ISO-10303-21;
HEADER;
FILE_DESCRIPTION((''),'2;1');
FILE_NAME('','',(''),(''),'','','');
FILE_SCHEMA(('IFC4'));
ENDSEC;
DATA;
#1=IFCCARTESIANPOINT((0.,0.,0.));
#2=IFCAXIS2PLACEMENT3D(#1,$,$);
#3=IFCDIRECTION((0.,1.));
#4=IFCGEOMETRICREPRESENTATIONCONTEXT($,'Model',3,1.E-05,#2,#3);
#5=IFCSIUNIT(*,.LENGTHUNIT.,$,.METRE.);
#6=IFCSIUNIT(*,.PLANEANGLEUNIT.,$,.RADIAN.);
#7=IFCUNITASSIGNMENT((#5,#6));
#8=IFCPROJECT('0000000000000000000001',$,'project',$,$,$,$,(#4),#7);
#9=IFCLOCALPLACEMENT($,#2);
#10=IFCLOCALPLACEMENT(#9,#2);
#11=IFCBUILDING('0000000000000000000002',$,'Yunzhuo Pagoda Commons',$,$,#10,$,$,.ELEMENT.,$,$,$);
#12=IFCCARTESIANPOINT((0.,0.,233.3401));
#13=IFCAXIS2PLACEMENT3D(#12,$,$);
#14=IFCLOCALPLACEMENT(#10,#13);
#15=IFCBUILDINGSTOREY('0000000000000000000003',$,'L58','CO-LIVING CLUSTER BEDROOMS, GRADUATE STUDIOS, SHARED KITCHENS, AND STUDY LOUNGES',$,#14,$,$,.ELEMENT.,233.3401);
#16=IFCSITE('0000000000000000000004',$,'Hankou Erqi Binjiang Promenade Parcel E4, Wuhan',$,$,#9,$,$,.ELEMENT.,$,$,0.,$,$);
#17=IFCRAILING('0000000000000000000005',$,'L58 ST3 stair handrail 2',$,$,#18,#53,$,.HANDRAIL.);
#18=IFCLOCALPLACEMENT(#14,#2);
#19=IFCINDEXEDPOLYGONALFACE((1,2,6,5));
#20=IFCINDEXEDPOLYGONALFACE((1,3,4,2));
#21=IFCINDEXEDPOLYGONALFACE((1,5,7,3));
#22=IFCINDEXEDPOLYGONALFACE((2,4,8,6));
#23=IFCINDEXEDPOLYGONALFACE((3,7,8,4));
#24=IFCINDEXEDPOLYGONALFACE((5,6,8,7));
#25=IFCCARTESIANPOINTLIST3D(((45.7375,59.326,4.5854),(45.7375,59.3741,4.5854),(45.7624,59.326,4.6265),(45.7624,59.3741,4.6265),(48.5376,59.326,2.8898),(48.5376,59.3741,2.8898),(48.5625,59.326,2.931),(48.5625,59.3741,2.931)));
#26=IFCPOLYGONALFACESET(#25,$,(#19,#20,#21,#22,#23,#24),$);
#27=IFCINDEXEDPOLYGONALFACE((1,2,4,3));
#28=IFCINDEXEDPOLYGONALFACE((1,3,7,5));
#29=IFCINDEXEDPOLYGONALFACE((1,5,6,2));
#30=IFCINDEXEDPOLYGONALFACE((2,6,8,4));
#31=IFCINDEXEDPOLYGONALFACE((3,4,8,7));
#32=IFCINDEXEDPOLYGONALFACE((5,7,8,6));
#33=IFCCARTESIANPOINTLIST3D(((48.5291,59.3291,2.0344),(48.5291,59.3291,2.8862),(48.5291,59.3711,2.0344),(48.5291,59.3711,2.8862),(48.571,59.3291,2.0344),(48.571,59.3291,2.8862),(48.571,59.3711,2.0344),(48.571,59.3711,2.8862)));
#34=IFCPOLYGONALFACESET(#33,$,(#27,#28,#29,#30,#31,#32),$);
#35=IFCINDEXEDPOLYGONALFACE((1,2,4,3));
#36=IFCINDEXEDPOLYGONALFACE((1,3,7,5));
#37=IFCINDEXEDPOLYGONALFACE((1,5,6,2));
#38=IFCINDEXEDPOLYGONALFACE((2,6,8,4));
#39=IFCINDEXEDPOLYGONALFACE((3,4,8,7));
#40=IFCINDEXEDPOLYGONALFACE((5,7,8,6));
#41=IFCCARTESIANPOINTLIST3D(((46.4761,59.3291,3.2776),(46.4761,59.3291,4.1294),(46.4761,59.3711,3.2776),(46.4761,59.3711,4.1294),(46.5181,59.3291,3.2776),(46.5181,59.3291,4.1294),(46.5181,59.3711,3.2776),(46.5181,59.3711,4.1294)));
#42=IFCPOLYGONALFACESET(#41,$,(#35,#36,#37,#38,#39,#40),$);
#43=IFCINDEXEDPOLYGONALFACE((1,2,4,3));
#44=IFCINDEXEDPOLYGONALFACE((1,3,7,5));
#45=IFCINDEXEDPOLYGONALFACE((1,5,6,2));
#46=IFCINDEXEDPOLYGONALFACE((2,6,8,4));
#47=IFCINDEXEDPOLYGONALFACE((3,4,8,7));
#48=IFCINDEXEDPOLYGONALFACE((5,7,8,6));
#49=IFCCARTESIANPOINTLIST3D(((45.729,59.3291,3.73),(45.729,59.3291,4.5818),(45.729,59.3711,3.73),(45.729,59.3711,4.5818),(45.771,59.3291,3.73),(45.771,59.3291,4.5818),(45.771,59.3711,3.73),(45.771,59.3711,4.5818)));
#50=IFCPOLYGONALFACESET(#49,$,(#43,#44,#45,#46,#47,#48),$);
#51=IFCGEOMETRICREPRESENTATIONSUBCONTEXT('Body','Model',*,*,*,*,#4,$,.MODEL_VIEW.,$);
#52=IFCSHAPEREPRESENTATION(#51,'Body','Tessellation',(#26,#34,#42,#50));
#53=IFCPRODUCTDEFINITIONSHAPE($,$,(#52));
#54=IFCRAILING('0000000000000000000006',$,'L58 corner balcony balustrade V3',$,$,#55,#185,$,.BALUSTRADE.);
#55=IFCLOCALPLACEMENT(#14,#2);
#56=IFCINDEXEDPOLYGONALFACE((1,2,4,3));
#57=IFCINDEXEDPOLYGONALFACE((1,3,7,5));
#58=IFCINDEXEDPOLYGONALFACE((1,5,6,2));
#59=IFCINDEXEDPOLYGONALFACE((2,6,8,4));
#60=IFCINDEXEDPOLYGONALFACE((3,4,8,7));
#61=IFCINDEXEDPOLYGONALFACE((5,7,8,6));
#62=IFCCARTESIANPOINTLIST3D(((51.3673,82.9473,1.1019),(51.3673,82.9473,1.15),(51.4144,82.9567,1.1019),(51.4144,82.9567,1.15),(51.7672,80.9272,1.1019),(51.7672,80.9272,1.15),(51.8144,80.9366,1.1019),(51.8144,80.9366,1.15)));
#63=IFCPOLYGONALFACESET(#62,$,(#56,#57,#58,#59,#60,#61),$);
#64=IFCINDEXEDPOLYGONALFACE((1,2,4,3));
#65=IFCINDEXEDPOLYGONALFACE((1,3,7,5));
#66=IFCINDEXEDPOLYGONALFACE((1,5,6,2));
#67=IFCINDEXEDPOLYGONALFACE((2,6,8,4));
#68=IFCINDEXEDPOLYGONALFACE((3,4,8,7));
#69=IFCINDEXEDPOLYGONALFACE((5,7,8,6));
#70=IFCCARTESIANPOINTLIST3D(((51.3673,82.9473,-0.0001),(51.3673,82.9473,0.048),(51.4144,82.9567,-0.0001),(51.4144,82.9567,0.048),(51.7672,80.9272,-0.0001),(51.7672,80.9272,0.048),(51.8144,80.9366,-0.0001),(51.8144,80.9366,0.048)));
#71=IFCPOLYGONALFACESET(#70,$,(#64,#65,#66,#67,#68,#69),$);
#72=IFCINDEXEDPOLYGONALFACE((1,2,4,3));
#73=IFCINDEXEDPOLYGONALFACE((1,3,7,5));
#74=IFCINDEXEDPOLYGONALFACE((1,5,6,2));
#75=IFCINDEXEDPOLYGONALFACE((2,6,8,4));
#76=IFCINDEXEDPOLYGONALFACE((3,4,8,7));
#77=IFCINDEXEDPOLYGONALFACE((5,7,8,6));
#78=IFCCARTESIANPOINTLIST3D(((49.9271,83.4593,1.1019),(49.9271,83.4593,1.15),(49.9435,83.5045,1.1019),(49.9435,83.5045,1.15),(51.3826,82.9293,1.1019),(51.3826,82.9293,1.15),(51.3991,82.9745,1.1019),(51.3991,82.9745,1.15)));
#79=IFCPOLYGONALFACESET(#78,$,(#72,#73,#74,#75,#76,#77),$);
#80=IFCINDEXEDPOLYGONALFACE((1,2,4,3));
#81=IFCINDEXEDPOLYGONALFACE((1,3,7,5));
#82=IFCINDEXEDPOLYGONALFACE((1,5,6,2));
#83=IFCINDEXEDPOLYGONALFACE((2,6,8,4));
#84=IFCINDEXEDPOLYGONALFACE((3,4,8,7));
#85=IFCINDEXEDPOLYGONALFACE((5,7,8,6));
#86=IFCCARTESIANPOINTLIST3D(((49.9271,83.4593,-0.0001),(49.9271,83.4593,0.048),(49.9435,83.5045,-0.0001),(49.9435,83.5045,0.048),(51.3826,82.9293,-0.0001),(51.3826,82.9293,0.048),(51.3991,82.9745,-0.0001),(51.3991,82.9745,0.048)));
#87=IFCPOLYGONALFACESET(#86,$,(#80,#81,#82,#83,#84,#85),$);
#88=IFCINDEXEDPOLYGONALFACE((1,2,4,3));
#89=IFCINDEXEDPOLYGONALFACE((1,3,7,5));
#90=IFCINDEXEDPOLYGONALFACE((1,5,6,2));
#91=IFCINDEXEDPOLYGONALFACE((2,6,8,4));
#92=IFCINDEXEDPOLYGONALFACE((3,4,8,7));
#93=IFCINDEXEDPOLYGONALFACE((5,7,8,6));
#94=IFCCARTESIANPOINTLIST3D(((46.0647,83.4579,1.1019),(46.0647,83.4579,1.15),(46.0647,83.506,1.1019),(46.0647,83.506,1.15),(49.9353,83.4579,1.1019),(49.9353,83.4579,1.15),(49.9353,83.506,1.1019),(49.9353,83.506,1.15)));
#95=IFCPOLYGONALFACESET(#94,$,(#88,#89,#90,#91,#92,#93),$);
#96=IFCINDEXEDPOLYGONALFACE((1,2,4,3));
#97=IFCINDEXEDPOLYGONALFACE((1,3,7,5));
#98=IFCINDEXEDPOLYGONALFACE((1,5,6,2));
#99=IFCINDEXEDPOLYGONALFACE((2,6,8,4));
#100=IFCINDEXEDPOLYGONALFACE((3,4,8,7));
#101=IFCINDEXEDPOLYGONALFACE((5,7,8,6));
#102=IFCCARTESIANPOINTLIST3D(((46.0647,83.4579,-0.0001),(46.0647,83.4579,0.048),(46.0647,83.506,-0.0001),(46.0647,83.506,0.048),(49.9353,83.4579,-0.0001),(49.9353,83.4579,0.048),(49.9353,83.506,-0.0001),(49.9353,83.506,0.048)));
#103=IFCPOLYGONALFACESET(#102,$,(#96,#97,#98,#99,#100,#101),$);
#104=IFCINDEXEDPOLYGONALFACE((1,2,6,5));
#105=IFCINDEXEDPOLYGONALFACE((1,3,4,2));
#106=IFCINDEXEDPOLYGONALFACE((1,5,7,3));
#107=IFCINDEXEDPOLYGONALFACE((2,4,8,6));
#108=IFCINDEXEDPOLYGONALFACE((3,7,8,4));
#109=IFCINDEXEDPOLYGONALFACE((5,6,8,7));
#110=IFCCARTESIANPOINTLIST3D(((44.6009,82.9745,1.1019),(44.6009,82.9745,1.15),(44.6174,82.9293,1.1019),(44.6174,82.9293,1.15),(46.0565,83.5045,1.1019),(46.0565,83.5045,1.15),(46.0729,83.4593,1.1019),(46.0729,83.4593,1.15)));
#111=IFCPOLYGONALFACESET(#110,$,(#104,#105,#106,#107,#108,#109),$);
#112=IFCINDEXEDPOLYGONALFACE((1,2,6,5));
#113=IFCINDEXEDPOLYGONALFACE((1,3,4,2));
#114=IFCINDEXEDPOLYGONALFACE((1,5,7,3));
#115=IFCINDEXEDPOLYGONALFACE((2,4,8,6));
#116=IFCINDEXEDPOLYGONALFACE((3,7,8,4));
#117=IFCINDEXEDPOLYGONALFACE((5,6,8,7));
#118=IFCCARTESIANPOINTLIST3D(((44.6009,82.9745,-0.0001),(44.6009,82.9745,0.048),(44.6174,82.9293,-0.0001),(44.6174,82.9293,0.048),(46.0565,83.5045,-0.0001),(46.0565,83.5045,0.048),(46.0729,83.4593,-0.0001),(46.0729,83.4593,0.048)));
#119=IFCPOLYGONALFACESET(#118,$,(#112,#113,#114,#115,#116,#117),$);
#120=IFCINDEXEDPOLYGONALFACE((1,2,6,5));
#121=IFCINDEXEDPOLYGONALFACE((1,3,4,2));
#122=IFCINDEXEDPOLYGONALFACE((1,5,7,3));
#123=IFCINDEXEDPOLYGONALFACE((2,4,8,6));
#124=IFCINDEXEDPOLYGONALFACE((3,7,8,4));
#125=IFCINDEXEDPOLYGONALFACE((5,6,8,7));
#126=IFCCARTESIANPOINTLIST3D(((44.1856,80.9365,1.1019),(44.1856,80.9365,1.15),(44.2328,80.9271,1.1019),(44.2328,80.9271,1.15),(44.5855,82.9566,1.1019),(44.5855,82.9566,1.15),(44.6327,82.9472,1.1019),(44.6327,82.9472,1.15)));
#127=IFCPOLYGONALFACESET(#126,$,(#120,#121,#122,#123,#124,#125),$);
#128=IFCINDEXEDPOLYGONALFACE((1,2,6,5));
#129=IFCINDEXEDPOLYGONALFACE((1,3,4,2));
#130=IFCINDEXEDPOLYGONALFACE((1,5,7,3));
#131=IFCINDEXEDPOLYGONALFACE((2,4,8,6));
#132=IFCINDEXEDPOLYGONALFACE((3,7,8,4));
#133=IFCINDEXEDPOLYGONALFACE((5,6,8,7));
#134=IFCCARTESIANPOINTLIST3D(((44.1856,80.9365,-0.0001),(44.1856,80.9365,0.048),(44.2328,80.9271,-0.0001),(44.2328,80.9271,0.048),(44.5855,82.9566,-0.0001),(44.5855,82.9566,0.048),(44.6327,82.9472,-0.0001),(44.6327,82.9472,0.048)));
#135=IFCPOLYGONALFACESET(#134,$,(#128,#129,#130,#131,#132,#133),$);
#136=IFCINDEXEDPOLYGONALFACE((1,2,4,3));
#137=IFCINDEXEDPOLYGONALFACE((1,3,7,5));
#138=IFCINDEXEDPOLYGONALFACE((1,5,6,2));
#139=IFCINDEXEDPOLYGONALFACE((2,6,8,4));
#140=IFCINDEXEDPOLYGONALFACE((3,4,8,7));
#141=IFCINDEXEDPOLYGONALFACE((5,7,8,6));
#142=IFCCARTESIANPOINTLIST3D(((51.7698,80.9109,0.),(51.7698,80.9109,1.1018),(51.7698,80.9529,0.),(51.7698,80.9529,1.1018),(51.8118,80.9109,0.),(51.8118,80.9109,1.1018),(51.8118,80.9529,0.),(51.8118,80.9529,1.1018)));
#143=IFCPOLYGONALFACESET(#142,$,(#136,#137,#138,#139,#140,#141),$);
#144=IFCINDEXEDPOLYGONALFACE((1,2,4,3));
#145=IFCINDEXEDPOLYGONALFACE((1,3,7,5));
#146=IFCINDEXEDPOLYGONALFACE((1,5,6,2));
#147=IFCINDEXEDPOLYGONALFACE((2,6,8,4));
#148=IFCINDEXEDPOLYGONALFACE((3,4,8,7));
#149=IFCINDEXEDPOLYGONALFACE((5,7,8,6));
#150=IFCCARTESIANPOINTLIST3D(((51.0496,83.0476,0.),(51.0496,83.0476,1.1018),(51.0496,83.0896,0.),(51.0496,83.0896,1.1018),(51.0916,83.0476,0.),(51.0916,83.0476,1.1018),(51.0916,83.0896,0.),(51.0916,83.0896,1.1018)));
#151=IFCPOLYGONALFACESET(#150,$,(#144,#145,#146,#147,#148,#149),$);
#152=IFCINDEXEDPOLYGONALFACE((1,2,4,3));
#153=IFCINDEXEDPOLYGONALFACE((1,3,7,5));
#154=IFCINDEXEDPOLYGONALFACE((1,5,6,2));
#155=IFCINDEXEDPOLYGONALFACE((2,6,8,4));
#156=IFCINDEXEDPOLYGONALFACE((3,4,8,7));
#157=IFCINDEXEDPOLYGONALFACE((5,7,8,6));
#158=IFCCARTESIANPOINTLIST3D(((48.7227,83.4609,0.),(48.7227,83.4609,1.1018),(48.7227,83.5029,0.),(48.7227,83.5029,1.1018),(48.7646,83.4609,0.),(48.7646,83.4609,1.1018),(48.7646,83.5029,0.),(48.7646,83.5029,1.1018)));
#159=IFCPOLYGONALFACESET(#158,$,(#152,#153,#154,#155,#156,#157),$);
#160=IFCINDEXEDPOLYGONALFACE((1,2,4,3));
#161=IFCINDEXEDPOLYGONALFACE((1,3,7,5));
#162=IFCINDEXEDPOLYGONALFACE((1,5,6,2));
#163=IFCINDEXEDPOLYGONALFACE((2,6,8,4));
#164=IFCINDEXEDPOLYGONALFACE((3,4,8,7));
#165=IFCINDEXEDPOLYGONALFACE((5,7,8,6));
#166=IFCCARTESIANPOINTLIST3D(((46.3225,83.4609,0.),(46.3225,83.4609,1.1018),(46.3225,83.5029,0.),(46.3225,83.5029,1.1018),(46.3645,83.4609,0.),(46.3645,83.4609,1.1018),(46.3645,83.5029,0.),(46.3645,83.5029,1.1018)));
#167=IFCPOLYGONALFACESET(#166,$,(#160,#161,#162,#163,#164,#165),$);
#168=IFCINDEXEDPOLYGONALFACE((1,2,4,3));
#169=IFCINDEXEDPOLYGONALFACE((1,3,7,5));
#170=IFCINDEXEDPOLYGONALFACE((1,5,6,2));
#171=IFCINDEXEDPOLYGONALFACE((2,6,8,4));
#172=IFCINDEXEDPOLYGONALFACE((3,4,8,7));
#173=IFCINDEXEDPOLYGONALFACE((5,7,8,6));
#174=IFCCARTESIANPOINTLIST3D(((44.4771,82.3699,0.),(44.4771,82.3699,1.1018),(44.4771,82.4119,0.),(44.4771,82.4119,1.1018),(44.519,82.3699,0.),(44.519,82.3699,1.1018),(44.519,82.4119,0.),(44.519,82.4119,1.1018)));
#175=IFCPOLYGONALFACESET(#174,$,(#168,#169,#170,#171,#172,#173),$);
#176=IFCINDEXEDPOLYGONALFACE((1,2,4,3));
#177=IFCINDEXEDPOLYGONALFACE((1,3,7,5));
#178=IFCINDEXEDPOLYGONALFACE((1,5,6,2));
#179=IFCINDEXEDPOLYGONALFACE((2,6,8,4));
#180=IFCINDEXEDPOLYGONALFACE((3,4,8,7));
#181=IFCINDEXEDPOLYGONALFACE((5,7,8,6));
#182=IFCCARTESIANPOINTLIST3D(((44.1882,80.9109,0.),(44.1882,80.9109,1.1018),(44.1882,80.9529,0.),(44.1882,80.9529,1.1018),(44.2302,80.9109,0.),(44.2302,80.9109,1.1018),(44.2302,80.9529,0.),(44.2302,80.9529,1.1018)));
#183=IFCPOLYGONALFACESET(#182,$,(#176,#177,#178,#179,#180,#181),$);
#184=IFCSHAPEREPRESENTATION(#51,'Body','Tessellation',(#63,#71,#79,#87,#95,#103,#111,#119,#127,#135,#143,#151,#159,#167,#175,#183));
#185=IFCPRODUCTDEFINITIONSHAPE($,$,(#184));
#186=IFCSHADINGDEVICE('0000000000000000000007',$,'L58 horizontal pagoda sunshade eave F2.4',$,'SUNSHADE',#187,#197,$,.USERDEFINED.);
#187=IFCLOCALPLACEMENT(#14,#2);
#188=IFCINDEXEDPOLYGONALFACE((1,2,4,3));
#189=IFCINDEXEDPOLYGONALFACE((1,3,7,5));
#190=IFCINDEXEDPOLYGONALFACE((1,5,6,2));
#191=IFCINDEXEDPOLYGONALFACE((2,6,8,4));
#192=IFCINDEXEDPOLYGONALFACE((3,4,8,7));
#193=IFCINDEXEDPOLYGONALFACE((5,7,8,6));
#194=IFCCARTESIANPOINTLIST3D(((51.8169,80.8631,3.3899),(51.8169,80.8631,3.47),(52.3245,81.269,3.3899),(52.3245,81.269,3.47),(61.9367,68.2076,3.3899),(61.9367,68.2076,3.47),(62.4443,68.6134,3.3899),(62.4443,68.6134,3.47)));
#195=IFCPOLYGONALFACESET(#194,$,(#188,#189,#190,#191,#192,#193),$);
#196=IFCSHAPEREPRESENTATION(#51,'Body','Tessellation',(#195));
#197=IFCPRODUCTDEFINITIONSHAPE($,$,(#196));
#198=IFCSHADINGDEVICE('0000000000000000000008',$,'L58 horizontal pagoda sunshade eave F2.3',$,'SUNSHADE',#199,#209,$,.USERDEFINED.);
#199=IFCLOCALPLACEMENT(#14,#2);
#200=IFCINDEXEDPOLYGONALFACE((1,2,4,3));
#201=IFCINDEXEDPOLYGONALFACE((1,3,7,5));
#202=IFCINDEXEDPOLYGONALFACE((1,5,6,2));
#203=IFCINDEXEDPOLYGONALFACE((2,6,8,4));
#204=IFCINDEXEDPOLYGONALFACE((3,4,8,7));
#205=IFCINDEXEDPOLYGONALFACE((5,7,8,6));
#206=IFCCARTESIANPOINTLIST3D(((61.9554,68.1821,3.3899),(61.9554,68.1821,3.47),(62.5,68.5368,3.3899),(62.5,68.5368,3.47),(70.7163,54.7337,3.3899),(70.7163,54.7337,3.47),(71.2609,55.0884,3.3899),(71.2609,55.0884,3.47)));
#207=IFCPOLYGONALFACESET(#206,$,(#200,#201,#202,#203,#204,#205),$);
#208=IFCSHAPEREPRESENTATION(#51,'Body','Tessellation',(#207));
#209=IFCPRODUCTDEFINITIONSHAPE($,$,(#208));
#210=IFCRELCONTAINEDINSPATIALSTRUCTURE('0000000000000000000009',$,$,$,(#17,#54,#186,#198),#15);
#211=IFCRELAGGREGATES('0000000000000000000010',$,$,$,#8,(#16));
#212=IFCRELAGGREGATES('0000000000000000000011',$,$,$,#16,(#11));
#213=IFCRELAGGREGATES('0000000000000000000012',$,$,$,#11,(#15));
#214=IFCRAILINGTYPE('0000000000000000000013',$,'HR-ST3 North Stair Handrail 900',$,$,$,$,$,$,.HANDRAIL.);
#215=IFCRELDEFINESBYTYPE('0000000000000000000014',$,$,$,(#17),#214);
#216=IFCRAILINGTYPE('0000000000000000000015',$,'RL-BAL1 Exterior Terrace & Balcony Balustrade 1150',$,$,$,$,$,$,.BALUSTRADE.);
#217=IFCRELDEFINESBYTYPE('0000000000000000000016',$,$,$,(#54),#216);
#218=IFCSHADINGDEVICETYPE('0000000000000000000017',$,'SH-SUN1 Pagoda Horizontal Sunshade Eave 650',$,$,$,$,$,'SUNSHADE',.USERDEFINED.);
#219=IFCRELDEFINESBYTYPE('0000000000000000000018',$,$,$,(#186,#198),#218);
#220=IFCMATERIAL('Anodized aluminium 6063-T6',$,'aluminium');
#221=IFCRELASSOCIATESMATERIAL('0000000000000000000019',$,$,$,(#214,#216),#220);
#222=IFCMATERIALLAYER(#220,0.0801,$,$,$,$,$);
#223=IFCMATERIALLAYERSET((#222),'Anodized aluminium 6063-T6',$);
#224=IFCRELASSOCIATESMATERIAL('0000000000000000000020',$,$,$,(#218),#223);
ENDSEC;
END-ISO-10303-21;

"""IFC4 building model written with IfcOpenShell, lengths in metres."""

from ifc_helpers import new_model, si_unit, direction, frame, origin, origin_2d, place, context, subcontext, project, spatial, rectangle, extrude, source, transform, mapped, material, layer, layer_set, type_object, element, save


model = new_model("IFC4")

# Units and contexts
model_context = context("Model", 3, precision=1e-05, world=origin(), true_north=direction((0.0, 1.0)))
body_context = subcontext(model_context, "Body", "Model", "MODEL_VIEW")
ifc_project = project(units=[si_unit("LENGTHUNIT", "METRE"), si_unit("PLANEANGLEUNIT", "RADIAN")], contexts=[model_context])

# Site, building, storey
site_placement = place(None, origin())
site = spatial("IfcSite", under=ifc_project, at=site_placement, Name="Hankou Erqi Binjiang Promenade Parcel E4, Wuhan", CompositionType="ELEMENT", RefElevation=0.0)
building_placement = place(site_placement, origin())
building = spatial("IfcBuilding", under=site, at=building_placement, Name="Yunzhuo Pagoda Commons", CompositionType="ELEMENT")
storey_placement = place(building_placement, frame((0.0, 0.0, 233.3401)))
storey = spatial("IfcBuildingStorey", under=building, at=storey_placement, Name="L58", Description="CO-LIVING CLUSTER BEDROOMS, GRADUATE STUDIOS, SHARED KITCHENS, AND STUDY LOUNGES", CompositionType="ELEMENT", Elevation=233.3401)

# Shared definitions
ifc_material_1 = material(Name="Anodized aluminium 6063-T6", Category="aluminium")

# Railings
railing_type_1 = type_object("IfcRailingType", Name="HR-ST3 North Stair Handrail 900", PredefinedType="HANDRAIL", material=ifc_material_1)
railing_1_placement = place(storey_placement, frame((48.55, 59.3501, 2.0344)))
element("IfcRailing", 1, at=railing_1_placement, inside=storey, type_object=railing_type_1, Name="L58 ST3 stair handrail 2", PredefinedType="HANDRAIL", context=body_context, shape_type="SweptSolid", body=[
    extrude(rectangle(XDim=0.0481, YDim=0.0481, at=origin_2d()), frame((0.0, 0.0, 0.876), z_axis=(-0.855393, 0.0, 0.517979), x_axis=(0.0, -1.0, 0.0)), (0.0, 0.0, 1.0), 3.2734),
    extrude(rectangle(XDim=0.042, YDim=0.042, at=origin_2d()), origin(), (0.0, 0.0, 1.0), 0.8518),
    extrude(rectangle(XDim=0.042, YDim=0.042, at=origin_2d()), frame((-2.053, 0.0, 1.2432)), (0.0, 0.0, 1.0), 0.8518),
    extrude(rectangle(XDim=0.042, YDim=0.042, at=origin_2d()), frame((-2.8, 0.0, 1.6956)), (0.0, 0.0, 1.0), 0.8518),
])
railing_type_2 = type_object("IfcRailingType", Name="RL-BAL1 Exterior Terrace & Balcony Balustrade 1150", PredefinedType="BALUSTRADE", material=ifc_material_1)
railing_2_placement = place(storey_placement, frame((51.7908, 80.9319, 0.0)))
element("IfcRailing", 2, at=railing_2_placement, inside=storey, type_object=railing_type_2, Name="L58 corner balcony balustrade V3", PredefinedType="BALUSTRADE", context=body_context, shape_type="SweptSolid", body=[
    extrude(rectangle(XDim=0.0481, YDim=0.0481, at=origin_2d()), frame((0.0, 0.0, 1.126), z_axis=(-0.194201, 0.980962, 0.0), x_axis=(-0.980962, -0.194201, 0.0)), (0.0, 0.0, 1.0), 2.0593),
    extrude(rectangle(XDim=0.0481, YDim=0.0481, at=origin_2d()), frame((0.0, 0.0, 0.0239), z_axis=(-0.194201, 0.980962, 0.0), x_axis=(-0.980962, -0.194201, 0.0)), (0.0, 0.0, 1.0), 2.0593),
    extrude(rectangle(XDim=0.0481, YDim=0.0481, at=origin_2d()), frame((-0.3999, 2.02, 1.126), z_axis=(-0.939641, 0.342161, 0.0), x_axis=(-0.342161, -0.939641, 0.0)), (0.0, 0.0, 1.0), 1.5491),
    extrude(rectangle(XDim=0.0481, YDim=0.0481, at=origin_2d()), frame((-0.3999, 2.02, 0.0239), z_axis=(-0.939641, 0.342161, 0.0), x_axis=(-0.342161, -0.939641, 0.0)), (0.0, 0.0, 1.0), 1.5491),
    extrude(rectangle(XDim=0.0481, YDim=0.0481, at=origin_2d()), frame((-1.8555, 2.55, 1.126), z_axis=(-1.0, 0.0, 0.0), x_axis=(0.0, -1.0, 0.0)), (0.0, 0.0, 1.0), 3.8706),
    extrude(rectangle(XDim=0.0481, YDim=0.0481, at=origin_2d()), frame((-1.8555, 2.55, 0.0239), z_axis=(-1.0, 0.0, 0.0), x_axis=(0.0, -1.0, 0.0)), (0.0, 0.0, 1.0), 3.8706),
    extrude(rectangle(XDim=0.0481, YDim=0.0481, at=origin_2d()), frame((-5.7261, 2.55, 1.126), z_axis=(-0.939641, -0.342161, 0.0), x_axis=(0.342161, -0.939641, 0.0)), (0.0, 0.0, 1.0), 1.5491),
    extrude(rectangle(XDim=0.0481, YDim=0.0481, at=origin_2d()), frame((-5.7261, 2.55, 0.0239), z_axis=(-0.939641, -0.342161, 0.0), x_axis=(0.342161, -0.939641, 0.0)), (0.0, 0.0, 1.0), 1.5491),
    extrude(rectangle(XDim=0.0481, YDim=0.0481, at=origin_2d()), frame((-7.1816, 2.02, 1.126), z_axis=(-0.194201, -0.980962, 0.0), x_axis=(0.980962, -0.194201, 0.0)), (0.0, 0.0, 1.0), 2.0593),
    extrude(rectangle(XDim=0.0481, YDim=0.0481, at=origin_2d()), frame((-7.1816, 2.02, 0.0239), z_axis=(-0.194201, -0.980962, 0.0), x_axis=(0.980962, -0.194201, 0.0)), (0.0, 0.0, 1.0), 2.0593),
    extrude(rectangle(XDim=0.042, YDim=0.042, at=origin_2d()), origin(), (0.0, 0.0, 1.0), 1.1018),
    extrude(rectangle(XDim=0.042, YDim=0.042, at=origin_2d()), frame((-0.7202, 2.1367, 0.0)), (0.0, 0.0, 1.0), 1.1018),
    extrude(rectangle(XDim=0.042, YDim=0.042, at=origin_2d()), frame((-3.0471, 2.55, 0.0)), (0.0, 0.0, 1.0), 1.1018),
    extrude(rectangle(XDim=0.042, YDim=0.042, at=origin_2d()), frame((-5.4473, 2.55, 0.0)), (0.0, 0.0, 1.0), 1.1018),
    extrude(rectangle(XDim=0.042, YDim=0.042, at=origin_2d()), frame((-7.2927, 1.459, 0.0)), (0.0, 0.0, 1.0), 1.1018),
    extrude(rectangle(XDim=0.042, YDim=0.042, at=origin_2d()), frame((-7.5815, 0.0, 0.0)), (0.0, 0.0, 1.0), 1.1018),
])

# Shading devices
ifc_layer_1 = layer(ifc_material_1, 0.0801)
ifc_layer_set_1 = layer_set([ifc_layer_1], Name="Anodized aluminium 6063-T6")
shading_device_type = type_object("IfcShadingDeviceType", Name="SH-SUN1 Pagoda Horizontal Sunshade Eave 650", ElementType="SUNSHADE", PredefinedType="USERDEFINED", material=ifc_layer_set_1)
shared_shape_1 = source(origin(), body_context, "Body", "SweptSolid", [
    extrude(rectangle(XDim=16.2041, YDim=0.6499, at=origin_2d()), origin(), (0.0, 0.0, 1.0), 0.0801),
])
shading_device_1_placement = place(storey_placement, frame((57.1306, 74.7383, 3.3899), z_axis=(0.0, 0.0, 1.0), x_axis=(-0.62452, 0.781008, 0.0)))
element("IfcShadingDevice", 3, at=shading_device_1_placement, inside=storey, type_object=shading_device_type, Name="L58 horizontal pagoda sunshade eave F2.4", ObjectType="SUNSHADE", PredefinedType="USERDEFINED", context=body_context, shape_type="MappedRepresentation", body=[
    mapped(shared_shape_1, transform((0.0, 0.0, 0.0), scale=1.0)),
])
shared_shape_2 = source(origin(), body_context, "Body", "SweptSolid", [
    extrude(rectangle(XDim=16.0503, YDim=0.6499, at=origin_2d()), origin(), (0.0, 0.0, 1.0), 0.0801),
])
shading_device_2_placement = place(storey_placement, frame((66.6082, 61.6353, 3.3899), z_axis=(0.0, 0.0, 1.0), x_axis=(-0.545839, 0.83789, 0.0)))
element("IfcShadingDevice", 4, at=shading_device_2_placement, inside=storey, type_object=shading_device_type, Name="L58 horizontal pagoda sunshade eave F2.3", ObjectType="SUNSHADE", PredefinedType="USERDEFINED", context=body_context, shape_type="MappedRepresentation", body=[
    mapped(shared_shape_2, transform((0.0, 0.0, 0.0), scale=1.0)),
])

save(model, "model.ifc")
